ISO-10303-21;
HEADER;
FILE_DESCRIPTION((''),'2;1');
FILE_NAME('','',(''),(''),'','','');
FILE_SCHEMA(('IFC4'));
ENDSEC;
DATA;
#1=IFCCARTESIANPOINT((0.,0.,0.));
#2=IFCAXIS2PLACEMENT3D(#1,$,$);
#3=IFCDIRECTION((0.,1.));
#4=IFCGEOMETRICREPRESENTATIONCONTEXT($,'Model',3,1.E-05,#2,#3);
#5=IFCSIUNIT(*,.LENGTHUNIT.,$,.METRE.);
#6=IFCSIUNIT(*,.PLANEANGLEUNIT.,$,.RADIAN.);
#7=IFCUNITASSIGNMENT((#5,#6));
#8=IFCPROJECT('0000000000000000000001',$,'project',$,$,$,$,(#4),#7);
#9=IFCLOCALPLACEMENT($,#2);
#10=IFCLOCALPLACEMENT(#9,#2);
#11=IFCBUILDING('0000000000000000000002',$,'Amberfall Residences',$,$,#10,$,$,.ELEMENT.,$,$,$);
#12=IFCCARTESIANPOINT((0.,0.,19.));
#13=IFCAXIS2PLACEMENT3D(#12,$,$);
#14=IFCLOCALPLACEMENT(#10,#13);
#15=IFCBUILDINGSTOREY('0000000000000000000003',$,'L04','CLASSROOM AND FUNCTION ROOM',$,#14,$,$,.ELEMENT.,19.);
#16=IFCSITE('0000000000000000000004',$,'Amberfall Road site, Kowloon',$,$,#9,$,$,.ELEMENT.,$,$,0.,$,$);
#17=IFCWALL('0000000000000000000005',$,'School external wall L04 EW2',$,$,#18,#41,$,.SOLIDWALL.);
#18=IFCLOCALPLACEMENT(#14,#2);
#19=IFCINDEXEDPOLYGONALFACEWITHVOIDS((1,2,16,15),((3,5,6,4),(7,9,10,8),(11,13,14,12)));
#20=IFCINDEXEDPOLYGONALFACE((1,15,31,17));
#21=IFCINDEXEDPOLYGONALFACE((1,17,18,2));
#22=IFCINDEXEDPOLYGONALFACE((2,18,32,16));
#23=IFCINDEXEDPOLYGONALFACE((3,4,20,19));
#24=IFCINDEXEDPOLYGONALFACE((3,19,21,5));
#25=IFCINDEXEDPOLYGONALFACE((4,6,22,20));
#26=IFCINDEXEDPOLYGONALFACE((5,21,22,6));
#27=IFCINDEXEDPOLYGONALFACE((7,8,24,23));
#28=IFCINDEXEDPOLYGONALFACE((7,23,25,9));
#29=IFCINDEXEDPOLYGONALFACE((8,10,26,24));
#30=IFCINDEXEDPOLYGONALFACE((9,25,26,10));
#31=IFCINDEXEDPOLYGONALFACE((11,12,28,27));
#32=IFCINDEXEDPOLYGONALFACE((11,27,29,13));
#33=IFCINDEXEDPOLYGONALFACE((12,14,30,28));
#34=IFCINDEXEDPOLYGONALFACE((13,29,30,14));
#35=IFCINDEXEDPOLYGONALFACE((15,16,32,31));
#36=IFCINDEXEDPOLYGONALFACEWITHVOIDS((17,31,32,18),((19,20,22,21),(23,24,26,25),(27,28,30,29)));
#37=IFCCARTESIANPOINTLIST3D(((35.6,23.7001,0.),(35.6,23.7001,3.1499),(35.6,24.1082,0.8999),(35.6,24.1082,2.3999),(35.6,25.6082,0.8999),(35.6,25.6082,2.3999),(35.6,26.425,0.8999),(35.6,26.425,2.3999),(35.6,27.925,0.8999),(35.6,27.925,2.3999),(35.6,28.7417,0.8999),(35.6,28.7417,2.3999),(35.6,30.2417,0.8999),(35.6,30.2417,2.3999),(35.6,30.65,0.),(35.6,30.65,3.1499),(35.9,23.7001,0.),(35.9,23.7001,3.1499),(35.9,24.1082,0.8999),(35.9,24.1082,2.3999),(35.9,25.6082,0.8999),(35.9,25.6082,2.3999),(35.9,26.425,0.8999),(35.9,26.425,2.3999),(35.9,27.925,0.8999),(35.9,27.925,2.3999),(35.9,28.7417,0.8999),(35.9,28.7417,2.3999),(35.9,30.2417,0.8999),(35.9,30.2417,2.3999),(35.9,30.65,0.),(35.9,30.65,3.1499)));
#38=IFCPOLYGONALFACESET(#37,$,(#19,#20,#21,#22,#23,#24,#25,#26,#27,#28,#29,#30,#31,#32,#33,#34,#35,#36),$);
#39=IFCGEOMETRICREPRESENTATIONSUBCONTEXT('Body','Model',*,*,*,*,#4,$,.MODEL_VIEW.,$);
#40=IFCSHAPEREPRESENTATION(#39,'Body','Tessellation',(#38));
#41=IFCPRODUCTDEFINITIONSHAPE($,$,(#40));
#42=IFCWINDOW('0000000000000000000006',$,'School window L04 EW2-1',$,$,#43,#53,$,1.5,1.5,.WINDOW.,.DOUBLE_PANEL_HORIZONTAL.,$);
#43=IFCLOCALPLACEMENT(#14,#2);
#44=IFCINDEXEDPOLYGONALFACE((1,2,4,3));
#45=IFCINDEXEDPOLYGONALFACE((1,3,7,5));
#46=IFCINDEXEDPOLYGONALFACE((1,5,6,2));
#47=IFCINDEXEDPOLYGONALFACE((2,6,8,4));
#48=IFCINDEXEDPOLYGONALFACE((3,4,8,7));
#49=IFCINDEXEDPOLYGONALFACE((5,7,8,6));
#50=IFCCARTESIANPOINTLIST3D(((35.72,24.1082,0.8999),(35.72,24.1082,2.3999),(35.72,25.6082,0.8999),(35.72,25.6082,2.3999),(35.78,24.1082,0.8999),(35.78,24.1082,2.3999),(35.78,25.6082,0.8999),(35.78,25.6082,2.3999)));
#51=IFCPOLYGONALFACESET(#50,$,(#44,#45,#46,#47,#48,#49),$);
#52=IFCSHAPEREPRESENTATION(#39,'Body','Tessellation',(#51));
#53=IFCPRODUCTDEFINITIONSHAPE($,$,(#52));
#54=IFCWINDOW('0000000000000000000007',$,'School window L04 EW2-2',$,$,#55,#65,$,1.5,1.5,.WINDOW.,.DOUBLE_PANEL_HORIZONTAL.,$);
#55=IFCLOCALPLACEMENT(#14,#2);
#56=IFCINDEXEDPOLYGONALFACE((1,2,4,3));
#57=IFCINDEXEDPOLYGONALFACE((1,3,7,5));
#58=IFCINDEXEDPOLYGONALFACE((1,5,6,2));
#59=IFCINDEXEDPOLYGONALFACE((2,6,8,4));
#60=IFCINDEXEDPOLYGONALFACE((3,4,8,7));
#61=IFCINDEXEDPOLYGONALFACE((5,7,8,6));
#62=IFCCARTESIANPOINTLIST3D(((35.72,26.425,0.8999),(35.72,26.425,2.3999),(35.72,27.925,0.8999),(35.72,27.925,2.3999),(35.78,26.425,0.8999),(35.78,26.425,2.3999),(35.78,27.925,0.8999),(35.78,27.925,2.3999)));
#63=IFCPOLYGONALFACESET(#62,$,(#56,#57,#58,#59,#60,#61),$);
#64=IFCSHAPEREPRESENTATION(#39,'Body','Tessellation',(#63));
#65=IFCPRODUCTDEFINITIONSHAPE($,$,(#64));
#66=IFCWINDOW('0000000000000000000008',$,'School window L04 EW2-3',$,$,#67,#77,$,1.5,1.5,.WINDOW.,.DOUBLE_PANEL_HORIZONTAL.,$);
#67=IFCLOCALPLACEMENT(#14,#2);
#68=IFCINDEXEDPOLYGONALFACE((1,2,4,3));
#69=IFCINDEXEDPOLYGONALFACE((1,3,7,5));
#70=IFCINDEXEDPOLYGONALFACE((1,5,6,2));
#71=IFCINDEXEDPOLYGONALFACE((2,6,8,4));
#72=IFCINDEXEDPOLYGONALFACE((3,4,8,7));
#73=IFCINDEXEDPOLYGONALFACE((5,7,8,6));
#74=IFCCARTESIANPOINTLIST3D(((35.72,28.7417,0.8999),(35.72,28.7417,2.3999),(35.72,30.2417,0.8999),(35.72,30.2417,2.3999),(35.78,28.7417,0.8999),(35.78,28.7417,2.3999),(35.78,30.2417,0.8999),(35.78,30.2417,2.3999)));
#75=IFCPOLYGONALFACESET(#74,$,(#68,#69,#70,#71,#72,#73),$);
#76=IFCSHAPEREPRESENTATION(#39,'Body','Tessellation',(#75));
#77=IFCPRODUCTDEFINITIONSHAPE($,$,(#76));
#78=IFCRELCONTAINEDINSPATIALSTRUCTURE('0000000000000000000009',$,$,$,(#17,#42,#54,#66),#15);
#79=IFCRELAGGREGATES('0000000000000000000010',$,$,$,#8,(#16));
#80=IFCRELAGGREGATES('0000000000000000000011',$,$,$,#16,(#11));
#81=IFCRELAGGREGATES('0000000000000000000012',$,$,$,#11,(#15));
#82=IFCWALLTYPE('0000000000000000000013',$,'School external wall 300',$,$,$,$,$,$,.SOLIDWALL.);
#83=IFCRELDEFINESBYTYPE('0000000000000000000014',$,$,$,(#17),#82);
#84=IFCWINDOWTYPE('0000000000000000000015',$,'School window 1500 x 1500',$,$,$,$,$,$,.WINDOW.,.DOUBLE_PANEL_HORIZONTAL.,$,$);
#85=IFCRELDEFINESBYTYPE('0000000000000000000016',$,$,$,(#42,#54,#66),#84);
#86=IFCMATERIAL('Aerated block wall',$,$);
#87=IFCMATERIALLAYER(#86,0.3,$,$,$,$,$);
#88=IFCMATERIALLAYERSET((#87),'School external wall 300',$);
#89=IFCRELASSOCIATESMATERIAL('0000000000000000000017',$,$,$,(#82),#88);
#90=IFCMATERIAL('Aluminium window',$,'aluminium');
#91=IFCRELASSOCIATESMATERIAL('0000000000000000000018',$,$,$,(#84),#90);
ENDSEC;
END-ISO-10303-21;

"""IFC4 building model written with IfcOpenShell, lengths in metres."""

from ifc_helpers import new_model, si_unit, direction, frame, frame_2d, origin, place, context, subcontext, project, spatial, rectangle, extrude, material, layer, layer_set, type_object, element, fill, save


model = new_model("IFC4")

# Units and contexts
model_context = context("Model", 3, precision=1e-05, world=origin(), true_north=direction((0.0, 1.0)))
body_context = subcontext(model_context, "Body", "Model", "MODEL_VIEW")
ifc_project = project(units=[si_unit("LENGTHUNIT", "METRE"), si_unit("PLANEANGLEUNIT", "RADIAN")], contexts=[model_context])

# Site, building, storey
site_placement = place(None, origin())
site = spatial("IfcSite", under=ifc_project, at=site_placement, Name="Amberfall Road site, Kowloon", CompositionType="ELEMENT", RefElevation=0.0)
building_placement = place(site_placement, origin())
building = spatial("IfcBuilding", under=site, at=building_placement, Name="Amberfall Residences", CompositionType="ELEMENT")
storey_placement = place(building_placement, frame((0.0, 0.0, 19.0)))
storey = spatial("IfcBuildingStorey", under=building, at=storey_placement, Name="L04", Description="CLASSROOM AND FUNCTION ROOM", CompositionType="ELEMENT", Elevation=19.0)

# Wall, openings, windows
ifc_material_1 = material(Name="Aerated block wall")
ifc_layer_1 = layer(ifc_material_1, 0.3)
ifc_layer_set_1 = layer_set([ifc_layer_1], Name="School external wall 300")
wall_type = type_object("IfcWallType", Name="School external wall 300", PredefinedType="SOLIDWALL", material=ifc_layer_set_1)
ifc_material_2 = material(Name="Aluminium window", Category="aluminium")
window_type = type_object("IfcWindowType", Name="School window 1500 x 1500", PartitioningType="DOUBLE_PANEL_HORIZONTAL", PredefinedType="WINDOW", material=ifc_material_2)
wall_1_placement = place(storey_placement, frame((35.75, 23.7, 0.0), z_axis=(0.0, 0.0, 1.0), x_axis=(0.0, 1.0, 0.0)))
wall_1 = element("IfcWall", 1, at=wall_1_placement, inside=storey, type_object=wall_type, Name="School external wall L04 EW2", PredefinedType="SOLIDWALL", context=body_context, shape_type="SweptSolid", body=[
    extrude(rectangle(XDim=6.95, YDim=0.3, at=frame_2d((3.4751, 0.0))), origin(), (0.0, 0.0, 1.0), 3.1499),
])
opening_1_placement = place(wall_1_placement, frame((0.4082, 0.0, 0.8999)))
opening_1 = element("IfcOpeningElement", 2, at=opening_1_placement, cuts=wall_1, PredefinedType="OPENING", context=body_context, shape_type="SweptSolid", body=[
    extrude(rectangle(XDim=1.5, YDim=1.5, at=frame_2d((0.75, 0.75))), frame((0.0, 0.1599, 0.0), z_axis=(0.0, -1.0, 0.0), x_axis=(1.0, 0.0, 0.0)), (0.0, 0.0, 1.0), 0.3201),
])
opening_2_placement = place(wall_1_placement, frame((2.7251, 0.0, 0.8999)))
opening_2 = element("IfcOpeningElement", 3, at=opening_2_placement, cuts=wall_1, PredefinedType="OPENING", context=body_context, shape_type="SweptSolid", body=[
    extrude(rectangle(XDim=1.5, YDim=1.5, at=frame_2d((0.75, 0.75))), frame((0.0, 0.1599, 0.0), z_axis=(0.0, -1.0, 0.0), x_axis=(1.0, 0.0, 0.0)), (0.0, 0.0, 1.0), 0.3201),
])
opening_3_placement = place(wall_1_placement, frame((5.0417, 0.0, 0.8999)))
opening_3 = element("IfcOpeningElement", 4, at=opening_3_placement, cuts=wall_1, PredefinedType="OPENING", context=body_context, shape_type="SweptSolid", body=[
    extrude(rectangle(XDim=1.5, YDim=1.5, at=frame_2d((0.75, 0.75))), frame((0.0, 0.1599, 0.0), z_axis=(0.0, -1.0, 0.0), x_axis=(1.0, 0.0, 0.0)), (0.0, 0.0, 1.0), 0.3201),
])
window_1_placement = place(opening_1_placement, origin())
window_1 = element("IfcWindow", 5, at=window_1_placement, inside=storey, type_object=window_type, Name="School window L04 EW2-1", OverallHeight=1.5, OverallWidth=1.5, PartitioningType="DOUBLE_PANEL_HORIZONTAL", PredefinedType="WINDOW", context=body_context, shape_type="SweptSolid", body=[
    extrude(rectangle(XDim=1.5, YDim=1.5, at=frame_2d((0.75, 0.75))), frame((0.0, 0.03, 0.0), z_axis=(0.0, -1.0, 0.0), x_axis=(1.0, 0.0, 0.0)), (0.0, 0.0, 1.0), 0.0601),
])
fill(opening_1, window_1)
window_2_placement = place(opening_2_placement, origin())
window_2 = element("IfcWindow", 6, at=window_2_placement, inside=storey, type_object=window_type, Name="School window L04 EW2-2", OverallHeight=1.5, OverallWidth=1.5, PartitioningType="DOUBLE_PANEL_HORIZONTAL", PredefinedType="WINDOW", context=body_context, shape_type="SweptSolid", body=[
    extrude(rectangle(XDim=1.5, YDim=1.5, at=frame_2d((0.75, 0.75))), frame((0.0, 0.03, 0.0), z_axis=(0.0, -1.0, 0.0), x_axis=(1.0, 0.0, 0.0)), (0.0, 0.0, 1.0), 0.0601),
])
fill(opening_2, window_2)
window_3_placement = place(opening_3_placement, origin())
window_3 = element("IfcWindow", 7, at=window_3_placement, inside=storey, type_object=window_type, Name="School window L04 EW2-3", OverallHeight=1.5, OverallWidth=1.5, PartitioningType="DOUBLE_PANEL_HORIZONTAL", PredefinedType="WINDOW", context=body_context, shape_type="SweptSolid", body=[
    extrude(rectangle(XDim=1.5, YDim=1.5, at=frame_2d((0.75, 0.75))), frame((0.0, 0.03, 0.0), z_axis=(0.0, -1.0, 0.0), x_axis=(1.0, 0.0, 0.0)), (0.0, 0.0, 1.0), 0.0601),
])
fill(opening_3, window_3)

save(model, "model.ifc")
